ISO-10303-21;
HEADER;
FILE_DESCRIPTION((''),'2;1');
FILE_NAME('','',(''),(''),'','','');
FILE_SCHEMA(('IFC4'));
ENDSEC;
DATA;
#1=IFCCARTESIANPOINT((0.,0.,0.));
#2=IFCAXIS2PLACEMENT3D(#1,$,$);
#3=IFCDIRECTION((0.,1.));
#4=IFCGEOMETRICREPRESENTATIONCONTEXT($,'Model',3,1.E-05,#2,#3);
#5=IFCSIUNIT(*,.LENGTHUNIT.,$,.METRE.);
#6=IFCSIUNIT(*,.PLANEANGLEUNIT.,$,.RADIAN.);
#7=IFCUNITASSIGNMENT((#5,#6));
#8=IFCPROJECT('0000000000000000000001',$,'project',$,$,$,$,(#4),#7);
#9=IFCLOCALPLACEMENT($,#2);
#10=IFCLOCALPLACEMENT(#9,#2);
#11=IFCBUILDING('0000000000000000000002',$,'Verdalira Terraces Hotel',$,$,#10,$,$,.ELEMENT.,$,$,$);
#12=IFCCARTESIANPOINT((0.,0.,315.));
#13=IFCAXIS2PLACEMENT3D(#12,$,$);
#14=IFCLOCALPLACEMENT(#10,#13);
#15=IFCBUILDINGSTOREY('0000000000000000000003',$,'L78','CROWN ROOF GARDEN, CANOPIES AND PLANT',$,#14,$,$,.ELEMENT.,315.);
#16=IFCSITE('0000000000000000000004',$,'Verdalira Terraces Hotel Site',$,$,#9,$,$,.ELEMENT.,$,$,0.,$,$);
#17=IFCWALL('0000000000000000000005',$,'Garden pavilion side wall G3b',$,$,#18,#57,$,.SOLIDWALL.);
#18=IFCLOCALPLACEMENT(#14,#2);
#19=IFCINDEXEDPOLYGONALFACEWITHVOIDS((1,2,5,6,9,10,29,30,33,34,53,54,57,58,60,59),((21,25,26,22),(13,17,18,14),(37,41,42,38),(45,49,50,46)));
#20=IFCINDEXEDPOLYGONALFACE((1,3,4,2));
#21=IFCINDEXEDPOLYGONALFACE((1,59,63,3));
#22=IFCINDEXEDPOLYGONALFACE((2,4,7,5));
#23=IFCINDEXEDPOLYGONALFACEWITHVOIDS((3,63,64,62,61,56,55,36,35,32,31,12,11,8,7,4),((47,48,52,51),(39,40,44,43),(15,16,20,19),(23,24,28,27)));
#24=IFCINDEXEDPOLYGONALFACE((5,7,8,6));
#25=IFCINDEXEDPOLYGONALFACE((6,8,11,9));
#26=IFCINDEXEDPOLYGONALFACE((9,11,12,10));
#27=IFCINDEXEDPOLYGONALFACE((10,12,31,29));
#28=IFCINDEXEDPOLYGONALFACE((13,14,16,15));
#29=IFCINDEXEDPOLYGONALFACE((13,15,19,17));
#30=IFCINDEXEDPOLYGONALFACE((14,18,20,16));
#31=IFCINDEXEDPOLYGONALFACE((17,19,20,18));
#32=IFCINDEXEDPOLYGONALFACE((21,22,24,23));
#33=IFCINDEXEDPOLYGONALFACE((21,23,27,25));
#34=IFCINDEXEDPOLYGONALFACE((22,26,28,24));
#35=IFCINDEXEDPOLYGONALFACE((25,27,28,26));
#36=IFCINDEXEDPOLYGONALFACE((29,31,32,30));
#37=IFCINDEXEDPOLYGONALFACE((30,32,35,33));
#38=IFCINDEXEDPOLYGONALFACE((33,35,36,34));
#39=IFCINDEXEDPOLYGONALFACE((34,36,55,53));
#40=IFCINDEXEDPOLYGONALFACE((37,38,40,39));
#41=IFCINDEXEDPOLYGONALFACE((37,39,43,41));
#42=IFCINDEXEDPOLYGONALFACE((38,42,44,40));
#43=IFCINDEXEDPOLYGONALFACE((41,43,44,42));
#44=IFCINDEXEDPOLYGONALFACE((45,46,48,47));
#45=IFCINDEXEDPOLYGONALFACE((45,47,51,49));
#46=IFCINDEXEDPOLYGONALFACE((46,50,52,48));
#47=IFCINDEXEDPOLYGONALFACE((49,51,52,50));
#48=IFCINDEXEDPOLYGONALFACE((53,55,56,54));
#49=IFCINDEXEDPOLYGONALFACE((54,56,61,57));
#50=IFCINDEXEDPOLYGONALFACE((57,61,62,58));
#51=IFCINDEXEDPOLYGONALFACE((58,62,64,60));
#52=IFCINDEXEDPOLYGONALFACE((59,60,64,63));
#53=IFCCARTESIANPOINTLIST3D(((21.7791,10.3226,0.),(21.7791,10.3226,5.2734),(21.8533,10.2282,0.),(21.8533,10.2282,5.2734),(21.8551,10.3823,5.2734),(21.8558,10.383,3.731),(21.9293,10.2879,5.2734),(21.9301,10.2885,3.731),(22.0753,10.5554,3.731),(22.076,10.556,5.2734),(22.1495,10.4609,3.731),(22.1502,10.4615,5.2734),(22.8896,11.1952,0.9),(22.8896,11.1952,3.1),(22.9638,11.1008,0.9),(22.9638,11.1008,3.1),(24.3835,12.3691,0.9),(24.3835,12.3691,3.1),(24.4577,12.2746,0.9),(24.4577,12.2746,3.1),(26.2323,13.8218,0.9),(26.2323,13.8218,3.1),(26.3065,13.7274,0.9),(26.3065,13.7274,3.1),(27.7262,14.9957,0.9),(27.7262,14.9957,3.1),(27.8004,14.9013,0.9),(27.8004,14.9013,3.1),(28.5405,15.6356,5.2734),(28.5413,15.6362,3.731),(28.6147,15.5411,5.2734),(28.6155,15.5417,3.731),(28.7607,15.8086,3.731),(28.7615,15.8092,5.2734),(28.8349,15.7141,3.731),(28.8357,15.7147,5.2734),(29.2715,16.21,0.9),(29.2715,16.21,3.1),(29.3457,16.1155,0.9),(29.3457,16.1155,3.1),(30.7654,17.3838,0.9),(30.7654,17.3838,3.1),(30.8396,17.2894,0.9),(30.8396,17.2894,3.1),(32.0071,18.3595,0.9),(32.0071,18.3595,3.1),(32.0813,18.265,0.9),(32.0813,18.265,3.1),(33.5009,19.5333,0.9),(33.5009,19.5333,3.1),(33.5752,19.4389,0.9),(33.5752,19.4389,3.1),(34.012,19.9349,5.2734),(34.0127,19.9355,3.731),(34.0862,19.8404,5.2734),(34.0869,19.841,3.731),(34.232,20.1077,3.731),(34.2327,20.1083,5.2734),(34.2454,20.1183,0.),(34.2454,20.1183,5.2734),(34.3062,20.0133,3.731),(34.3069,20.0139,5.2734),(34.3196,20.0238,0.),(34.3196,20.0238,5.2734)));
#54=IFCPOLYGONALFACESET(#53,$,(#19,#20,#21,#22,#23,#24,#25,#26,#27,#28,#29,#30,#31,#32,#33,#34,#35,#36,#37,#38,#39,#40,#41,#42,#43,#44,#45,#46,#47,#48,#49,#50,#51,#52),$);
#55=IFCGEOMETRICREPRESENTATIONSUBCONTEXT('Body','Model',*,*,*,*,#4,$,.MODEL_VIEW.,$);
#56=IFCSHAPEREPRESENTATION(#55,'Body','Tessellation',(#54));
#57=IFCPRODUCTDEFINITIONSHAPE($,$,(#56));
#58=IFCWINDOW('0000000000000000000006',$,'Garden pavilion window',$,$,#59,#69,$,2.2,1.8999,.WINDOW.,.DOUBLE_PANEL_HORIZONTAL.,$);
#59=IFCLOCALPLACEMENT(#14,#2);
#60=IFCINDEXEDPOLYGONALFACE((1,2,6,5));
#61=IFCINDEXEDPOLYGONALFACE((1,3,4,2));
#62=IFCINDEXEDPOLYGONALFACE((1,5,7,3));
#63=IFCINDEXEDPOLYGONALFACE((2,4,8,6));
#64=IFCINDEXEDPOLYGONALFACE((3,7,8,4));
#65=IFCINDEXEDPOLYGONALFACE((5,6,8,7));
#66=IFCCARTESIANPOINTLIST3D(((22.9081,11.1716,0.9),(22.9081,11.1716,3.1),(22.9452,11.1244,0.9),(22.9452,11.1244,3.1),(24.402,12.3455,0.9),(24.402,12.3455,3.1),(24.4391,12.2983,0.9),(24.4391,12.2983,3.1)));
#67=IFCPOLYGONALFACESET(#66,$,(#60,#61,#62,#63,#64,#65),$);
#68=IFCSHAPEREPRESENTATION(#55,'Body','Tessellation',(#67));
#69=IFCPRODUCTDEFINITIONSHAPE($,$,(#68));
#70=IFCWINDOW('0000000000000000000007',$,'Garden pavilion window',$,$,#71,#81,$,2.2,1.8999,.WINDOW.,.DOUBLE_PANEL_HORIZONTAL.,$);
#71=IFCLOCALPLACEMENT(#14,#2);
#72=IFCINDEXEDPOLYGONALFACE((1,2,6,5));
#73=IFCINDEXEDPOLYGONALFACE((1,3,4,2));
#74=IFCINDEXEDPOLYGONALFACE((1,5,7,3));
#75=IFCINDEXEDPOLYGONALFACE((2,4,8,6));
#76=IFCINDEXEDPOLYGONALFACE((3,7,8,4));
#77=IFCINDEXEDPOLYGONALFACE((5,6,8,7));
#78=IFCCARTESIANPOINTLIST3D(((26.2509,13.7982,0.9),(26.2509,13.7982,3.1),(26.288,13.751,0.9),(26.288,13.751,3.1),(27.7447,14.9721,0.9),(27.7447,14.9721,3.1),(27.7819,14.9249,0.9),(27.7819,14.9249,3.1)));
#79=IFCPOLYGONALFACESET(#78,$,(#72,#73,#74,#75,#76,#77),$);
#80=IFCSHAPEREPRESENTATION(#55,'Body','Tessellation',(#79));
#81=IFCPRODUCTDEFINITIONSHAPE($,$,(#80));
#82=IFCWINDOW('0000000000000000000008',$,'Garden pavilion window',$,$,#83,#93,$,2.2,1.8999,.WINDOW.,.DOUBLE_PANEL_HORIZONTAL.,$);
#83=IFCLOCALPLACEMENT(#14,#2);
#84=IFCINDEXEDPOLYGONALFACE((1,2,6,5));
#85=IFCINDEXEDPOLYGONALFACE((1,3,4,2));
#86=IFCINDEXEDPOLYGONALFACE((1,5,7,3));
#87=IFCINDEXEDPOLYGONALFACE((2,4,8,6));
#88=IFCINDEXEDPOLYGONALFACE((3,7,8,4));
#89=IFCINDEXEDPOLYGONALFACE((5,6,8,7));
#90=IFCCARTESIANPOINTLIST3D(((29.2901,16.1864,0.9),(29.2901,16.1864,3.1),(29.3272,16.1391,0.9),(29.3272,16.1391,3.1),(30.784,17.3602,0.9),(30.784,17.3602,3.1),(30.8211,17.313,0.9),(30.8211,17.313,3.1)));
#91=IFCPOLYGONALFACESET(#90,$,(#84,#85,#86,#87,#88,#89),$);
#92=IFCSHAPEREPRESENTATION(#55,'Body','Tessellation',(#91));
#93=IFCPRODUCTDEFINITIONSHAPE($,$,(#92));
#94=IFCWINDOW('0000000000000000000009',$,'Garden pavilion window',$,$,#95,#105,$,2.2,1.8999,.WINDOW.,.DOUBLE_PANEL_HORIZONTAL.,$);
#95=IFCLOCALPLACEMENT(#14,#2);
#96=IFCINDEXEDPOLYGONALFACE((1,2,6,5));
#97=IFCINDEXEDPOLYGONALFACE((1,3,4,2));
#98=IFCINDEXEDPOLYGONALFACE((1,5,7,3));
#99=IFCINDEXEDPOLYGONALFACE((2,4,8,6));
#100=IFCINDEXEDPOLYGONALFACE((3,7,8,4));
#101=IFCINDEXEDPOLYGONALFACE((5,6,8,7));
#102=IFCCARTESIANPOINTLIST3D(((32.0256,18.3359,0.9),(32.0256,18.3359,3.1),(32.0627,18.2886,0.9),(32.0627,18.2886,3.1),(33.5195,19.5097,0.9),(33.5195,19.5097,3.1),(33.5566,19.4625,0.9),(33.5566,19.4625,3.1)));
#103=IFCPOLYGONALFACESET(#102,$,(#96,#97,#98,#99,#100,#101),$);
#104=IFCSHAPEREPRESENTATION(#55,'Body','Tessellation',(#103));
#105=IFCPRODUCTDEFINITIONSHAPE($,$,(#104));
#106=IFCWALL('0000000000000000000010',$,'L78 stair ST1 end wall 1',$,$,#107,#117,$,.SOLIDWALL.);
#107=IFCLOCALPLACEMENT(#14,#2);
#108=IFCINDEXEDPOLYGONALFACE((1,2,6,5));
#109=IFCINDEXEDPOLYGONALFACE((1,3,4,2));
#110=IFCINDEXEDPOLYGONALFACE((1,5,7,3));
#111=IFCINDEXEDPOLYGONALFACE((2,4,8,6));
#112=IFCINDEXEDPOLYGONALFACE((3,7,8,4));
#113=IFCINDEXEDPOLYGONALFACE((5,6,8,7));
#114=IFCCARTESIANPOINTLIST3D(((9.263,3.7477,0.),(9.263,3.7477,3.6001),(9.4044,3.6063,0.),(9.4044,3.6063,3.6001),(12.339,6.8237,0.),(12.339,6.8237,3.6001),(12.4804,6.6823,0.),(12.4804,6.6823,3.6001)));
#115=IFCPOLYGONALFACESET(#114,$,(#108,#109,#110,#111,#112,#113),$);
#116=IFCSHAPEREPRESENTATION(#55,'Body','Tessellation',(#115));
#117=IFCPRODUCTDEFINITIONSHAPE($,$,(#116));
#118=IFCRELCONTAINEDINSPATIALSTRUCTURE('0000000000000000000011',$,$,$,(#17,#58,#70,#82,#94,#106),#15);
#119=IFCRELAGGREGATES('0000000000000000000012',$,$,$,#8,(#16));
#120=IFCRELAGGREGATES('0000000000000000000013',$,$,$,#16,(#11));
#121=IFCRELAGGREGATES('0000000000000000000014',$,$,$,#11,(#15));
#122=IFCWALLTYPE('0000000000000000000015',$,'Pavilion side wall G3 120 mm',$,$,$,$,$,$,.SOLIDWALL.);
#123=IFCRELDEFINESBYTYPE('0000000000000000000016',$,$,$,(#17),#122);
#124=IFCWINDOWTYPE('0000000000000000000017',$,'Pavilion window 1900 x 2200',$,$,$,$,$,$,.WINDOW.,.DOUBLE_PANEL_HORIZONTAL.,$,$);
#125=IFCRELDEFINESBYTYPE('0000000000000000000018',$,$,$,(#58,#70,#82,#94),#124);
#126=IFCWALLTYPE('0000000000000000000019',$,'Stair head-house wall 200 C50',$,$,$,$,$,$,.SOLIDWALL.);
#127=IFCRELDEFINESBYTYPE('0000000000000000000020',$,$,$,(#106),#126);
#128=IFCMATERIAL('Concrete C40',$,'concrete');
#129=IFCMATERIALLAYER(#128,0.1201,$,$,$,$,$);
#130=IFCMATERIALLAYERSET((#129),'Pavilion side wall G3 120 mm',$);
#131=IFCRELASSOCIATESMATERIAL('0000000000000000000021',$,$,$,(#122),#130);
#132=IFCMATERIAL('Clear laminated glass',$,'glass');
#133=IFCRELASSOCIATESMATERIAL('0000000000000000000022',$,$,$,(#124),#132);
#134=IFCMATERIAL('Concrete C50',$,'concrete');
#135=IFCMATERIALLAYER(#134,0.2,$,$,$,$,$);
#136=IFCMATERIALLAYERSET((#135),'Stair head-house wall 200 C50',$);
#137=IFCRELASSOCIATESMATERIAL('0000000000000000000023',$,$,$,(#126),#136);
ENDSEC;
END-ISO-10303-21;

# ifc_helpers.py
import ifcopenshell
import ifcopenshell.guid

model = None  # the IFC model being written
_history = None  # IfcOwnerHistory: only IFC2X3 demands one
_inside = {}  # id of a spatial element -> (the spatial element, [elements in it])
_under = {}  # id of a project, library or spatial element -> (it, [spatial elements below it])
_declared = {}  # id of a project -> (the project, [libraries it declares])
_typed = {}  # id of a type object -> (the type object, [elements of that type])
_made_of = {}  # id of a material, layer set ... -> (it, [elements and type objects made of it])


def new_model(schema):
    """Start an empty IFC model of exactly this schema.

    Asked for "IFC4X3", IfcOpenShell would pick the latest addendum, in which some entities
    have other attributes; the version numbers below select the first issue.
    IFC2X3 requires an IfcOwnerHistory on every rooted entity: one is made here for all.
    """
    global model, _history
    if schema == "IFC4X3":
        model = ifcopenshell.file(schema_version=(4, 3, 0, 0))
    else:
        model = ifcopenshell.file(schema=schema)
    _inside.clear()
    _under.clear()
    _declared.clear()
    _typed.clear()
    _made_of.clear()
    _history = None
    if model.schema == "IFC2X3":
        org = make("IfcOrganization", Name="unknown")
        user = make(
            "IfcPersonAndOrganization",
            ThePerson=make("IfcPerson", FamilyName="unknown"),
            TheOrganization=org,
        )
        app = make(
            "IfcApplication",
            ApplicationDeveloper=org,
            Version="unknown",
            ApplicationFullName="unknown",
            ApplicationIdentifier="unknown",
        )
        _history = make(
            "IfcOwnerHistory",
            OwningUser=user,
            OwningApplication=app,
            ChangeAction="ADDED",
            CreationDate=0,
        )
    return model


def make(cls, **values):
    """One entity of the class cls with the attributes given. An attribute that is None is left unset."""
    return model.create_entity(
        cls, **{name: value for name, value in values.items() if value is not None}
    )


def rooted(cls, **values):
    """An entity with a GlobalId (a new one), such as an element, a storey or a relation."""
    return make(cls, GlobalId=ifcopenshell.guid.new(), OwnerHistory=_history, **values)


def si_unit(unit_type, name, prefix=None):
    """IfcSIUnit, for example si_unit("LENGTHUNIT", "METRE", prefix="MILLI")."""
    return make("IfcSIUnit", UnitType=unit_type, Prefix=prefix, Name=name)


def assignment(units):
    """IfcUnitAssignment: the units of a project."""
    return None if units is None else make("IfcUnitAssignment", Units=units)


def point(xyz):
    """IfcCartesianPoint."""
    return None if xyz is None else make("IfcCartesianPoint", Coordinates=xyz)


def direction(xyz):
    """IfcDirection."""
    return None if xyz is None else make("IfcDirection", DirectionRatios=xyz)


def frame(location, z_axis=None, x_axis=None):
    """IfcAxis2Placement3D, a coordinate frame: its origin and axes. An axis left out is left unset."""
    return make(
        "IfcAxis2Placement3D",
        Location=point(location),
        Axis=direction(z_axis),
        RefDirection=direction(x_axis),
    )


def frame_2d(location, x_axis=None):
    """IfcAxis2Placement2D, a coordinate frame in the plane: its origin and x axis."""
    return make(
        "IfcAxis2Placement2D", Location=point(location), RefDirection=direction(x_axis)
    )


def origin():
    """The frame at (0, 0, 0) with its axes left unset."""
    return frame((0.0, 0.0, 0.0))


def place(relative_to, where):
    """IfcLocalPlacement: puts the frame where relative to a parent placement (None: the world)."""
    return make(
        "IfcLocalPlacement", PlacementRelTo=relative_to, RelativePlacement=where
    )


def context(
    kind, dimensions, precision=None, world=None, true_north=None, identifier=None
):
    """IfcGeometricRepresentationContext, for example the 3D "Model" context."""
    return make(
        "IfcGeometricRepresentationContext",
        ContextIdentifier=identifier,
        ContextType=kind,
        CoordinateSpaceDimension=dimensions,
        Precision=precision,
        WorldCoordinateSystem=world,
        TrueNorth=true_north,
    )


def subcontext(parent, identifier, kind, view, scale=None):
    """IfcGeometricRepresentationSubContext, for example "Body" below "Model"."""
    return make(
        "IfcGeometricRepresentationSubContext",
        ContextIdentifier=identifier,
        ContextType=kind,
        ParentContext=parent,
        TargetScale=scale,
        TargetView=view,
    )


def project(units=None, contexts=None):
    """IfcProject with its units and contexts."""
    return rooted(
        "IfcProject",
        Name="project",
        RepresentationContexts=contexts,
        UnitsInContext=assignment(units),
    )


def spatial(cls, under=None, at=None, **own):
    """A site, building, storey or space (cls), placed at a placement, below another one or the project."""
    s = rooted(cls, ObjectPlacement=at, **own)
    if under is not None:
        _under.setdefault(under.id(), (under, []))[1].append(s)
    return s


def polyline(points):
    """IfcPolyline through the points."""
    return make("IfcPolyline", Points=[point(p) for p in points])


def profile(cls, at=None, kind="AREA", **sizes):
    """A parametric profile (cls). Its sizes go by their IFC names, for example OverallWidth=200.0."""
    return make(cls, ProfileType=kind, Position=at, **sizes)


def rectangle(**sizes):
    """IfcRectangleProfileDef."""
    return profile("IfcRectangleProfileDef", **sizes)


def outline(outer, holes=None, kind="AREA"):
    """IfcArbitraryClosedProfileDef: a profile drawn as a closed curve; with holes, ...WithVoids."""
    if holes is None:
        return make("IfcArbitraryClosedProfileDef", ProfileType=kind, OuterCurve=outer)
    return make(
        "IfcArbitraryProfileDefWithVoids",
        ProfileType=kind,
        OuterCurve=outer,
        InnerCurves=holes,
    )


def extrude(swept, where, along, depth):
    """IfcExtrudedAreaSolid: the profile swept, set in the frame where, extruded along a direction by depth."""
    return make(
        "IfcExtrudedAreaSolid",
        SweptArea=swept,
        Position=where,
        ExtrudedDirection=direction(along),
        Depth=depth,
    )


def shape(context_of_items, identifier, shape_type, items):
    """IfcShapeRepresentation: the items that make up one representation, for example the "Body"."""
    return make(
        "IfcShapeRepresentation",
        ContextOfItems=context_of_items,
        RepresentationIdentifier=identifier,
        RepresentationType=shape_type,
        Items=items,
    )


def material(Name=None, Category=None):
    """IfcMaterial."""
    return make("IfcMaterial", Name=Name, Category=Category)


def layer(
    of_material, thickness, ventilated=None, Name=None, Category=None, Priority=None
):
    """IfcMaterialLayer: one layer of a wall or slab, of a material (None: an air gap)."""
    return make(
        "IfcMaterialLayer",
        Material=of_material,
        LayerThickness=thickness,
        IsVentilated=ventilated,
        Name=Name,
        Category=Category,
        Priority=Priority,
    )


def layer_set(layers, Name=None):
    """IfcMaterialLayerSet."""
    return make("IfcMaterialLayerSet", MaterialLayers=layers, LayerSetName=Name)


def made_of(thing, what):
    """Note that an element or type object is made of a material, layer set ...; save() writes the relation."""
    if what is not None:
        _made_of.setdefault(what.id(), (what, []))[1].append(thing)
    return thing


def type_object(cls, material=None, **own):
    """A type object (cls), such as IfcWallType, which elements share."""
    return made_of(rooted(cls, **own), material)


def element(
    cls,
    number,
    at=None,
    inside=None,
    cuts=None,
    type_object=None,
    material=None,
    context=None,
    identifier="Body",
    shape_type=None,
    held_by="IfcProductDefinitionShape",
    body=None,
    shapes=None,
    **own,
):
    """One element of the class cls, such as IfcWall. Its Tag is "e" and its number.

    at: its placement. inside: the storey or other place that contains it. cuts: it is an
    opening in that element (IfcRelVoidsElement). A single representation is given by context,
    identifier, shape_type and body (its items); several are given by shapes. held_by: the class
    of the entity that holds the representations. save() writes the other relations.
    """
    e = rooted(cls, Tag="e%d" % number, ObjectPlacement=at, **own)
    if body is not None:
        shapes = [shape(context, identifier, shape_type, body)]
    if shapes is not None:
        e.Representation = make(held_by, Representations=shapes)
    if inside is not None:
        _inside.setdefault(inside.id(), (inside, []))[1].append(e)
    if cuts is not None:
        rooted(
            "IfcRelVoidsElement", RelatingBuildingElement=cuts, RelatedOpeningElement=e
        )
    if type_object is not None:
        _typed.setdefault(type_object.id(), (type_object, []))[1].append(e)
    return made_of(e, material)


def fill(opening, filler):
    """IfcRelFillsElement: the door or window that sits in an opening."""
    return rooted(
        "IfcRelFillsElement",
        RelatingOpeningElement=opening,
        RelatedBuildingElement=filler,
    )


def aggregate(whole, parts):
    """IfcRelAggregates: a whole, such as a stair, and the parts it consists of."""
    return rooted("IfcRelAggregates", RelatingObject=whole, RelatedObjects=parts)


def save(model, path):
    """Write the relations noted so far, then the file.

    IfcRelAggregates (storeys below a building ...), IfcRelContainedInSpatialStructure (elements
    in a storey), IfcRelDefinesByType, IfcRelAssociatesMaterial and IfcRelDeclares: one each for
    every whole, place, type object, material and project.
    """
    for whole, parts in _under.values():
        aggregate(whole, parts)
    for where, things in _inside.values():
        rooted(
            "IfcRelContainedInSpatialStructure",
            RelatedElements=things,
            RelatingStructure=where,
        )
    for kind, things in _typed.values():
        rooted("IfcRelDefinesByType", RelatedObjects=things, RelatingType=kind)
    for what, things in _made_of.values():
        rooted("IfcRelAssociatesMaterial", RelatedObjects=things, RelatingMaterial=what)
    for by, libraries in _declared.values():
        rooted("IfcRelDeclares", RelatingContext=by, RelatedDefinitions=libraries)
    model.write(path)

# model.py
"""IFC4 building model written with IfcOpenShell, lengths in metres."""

from ifc_helpers import new_model, si_unit, direction, frame, frame_2d, origin, place, context, subcontext, project, spatial, polyline, rectangle, outline, extrude, material, layer, layer_set, type_object, element, fill, save


model = new_model("IFC4")

# Units and contexts
model_context = context("Model", 3, precision=1e-05, world=origin(), true_north=direction((0.0, 1.0)))
body_context = subcontext(model_context, "Body", "Model", "MODEL_VIEW")
ifc_project = project(units=[si_unit("LENGTHUNIT", "METRE"), si_unit("PLANEANGLEUNIT", "RADIAN")], contexts=[model_context])

# Site, building, storey
site_placement = place(None, origin())
site = spatial("IfcSite", under=ifc_project, at=site_placement, Name="Verdalira Terraces Hotel Site", CompositionType="ELEMENT", RefElevation=0.0)
building_placement = place(site_placement, origin())
building = spatial("IfcBuilding", under=site, at=building_placement, Name="Verdalira Terraces Hotel", CompositionType="ELEMENT")
storey_placement = place(building_placement, frame((0.0, 0.0, 315.0)))
storey = spatial("IfcBuildingStorey", under=building, at=storey_placement, Name="L78", Description="CROWN ROOF GARDEN, CANOPIES AND PLANT", CompositionType="ELEMENT", Elevation=315.0)

# Wall, openings, windows
ifc_material_1 = material(Name="Concrete C40", Category="concrete")
ifc_layer_1 = layer(ifc_material_1, 0.1201)
ifc_layer_set_1 = layer_set([ifc_layer_1], Name="Pavilion side wall G3 120 mm")
wall_type_1 = type_object("IfcWallType", Name="Pavilion side wall G3 120 mm", PredefinedType="SOLIDWALL", material=ifc_layer_set_1)
wall_1_placement = place(storey_placement, frame((21.8162, 10.2754, 0.0), z_axis=(0.0, 0.0, 1.0), x_axis=(0.786297, 0.617849, 0.0)))
wall_1 = element("IfcWall", 1, at=wall_1_placement, inside=storey, type_object=wall_type_1, Name="Garden pavilion side wall G3b", PredefinedType="SOLIDWALL", context=body_context, shape_type="SweptSolid", body=[
    extrude(outline(polyline([(0.0, 0.0), (15.8545, 0.0), (15.8545, 5.2734), (15.8384, 5.2734), (15.8374, 3.731), (15.5586, 3.731), (15.5576, 5.2734), (8.8801, 5.2734), (8.8791, 3.731), (8.6001, 3.731), (8.5991, 5.2734), (0.3777, 5.2734), (0.3767, 3.731), (0.0977, 3.731), (0.0967, 5.2734), (0.0, 5.2734), (0.0, 0.0)])), frame((0.0, 0.0601, 0.0), z_axis=(0.0, -1.0, 0.0), x_axis=(1.0, 0.0, 0.0)), (0.0, 0.0, 1.0), 0.1201),
])
opening_1_placement = place(wall_1_placement, frame((1.4124, 0.0, 0.8999)))
opening_1 = element("IfcOpeningElement", 2, at=opening_1_placement, cuts=wall_1, PredefinedType="OPENING", context=body_context, shape_type="SweptSolid", body=[
    extrude(rectangle(XDim=1.8999, YDim=2.2, at=frame_2d((0.95, 1.1001))), frame((0.0, 0.0701, 0.0), z_axis=(0.0, -1.0, 0.0), x_axis=(1.0, 0.0, 0.0)), (0.0, 0.0, 1.0), 0.1401),
])
opening_2_placement = place(wall_1_placement, frame((5.6636, 0.0, 0.8999)))
opening_2 = element("IfcOpeningElement", 3, at=opening_2_placement, cuts=wall_1, PredefinedType="OPENING", context=body_context, shape_type="SweptSolid", body=[
    extrude(rectangle(XDim=1.8999, YDim=2.2, at=frame_2d((0.95, 1.1001))), frame((0.0, 0.0701, 0.0), z_axis=(0.0, -1.0, 0.0), x_axis=(1.0, 0.0, 0.0)), (0.0, 0.0, 1.0), 0.1401),
])
opening_3_placement = place(wall_1_placement, frame((9.5288, 0.0, 0.8999)))
opening_3 = element("IfcOpeningElement", 4, at=opening_3_placement, cuts=wall_1, PredefinedType="OPENING", context=body_context, shape_type="SweptSolid", body=[
    extrude(rectangle(XDim=1.8999, YDim=2.2, at=frame_2d((0.95, 1.1001))), frame((0.0, 0.0701, 0.0), z_axis=(0.0, -1.0, 0.0), x_axis=(1.0, 0.0, 0.0)), (0.0, 0.0, 1.0), 0.1401),
])
opening_4_placement = place(wall_1_placement, frame((13.0078, 0.0, 0.8999)))
opening_4 = element("IfcOpeningElement", 5, at=opening_4_placement, cuts=wall_1, PredefinedType="OPENING", context=body_context, shape_type="SweptSolid", body=[
    extrude(rectangle(XDim=1.8999, YDim=2.2, at=frame_2d((0.95, 1.1001))), frame((0.0, 0.0701, 0.0), z_axis=(0.0, -1.0, 0.0), x_axis=(1.0, 0.0, 0.0)), (0.0, 0.0, 1.0), 0.1401),
])
ifc_material_2 = material(Name="Clear laminated glass", Category="glass")
window_type_1 = type_object("IfcWindowType", Name="Pavilion window 1900 x 2200", PartitioningType="DOUBLE_PANEL_HORIZONTAL", PredefinedType="WINDOW", material=ifc_material_2)
window_1_placement = place(opening_1_placement, origin())
window_1 = element("IfcWindow", 6, at=window_1_placement, inside=storey, type_object=window_type_1, Name="Garden pavilion window", OverallHeight=2.2, OverallWidth=1.8999, PartitioningType="DOUBLE_PANEL_HORIZONTAL", PredefinedType="WINDOW", context=body_context, shape_type="SweptSolid", body=[
    extrude(rectangle(XDim=1.8999, YDim=2.2, at=frame_2d((0.95, 1.1001))), frame((0.0, 0.03, 0.0), z_axis=(0.0, -1.0, 0.0), x_axis=(1.0, 0.0, 0.0)), (0.0, 0.0, 1.0), 0.0601),
])
fill(opening_1, window_1)
window_2_placement = place(opening_2_placement, origin())
window_2 = element("IfcWindow", 7, at=window_2_placement, inside=storey, type_object=window_type_1, Name="Garden pavilion window", OverallHeight=2.2, OverallWidth=1.8999, PartitioningType="DOUBLE_PANEL_HORIZONTAL", PredefinedType="WINDOW", context=body_context, shape_type="SweptSolid", body=[
    extrude(rectangle(XDim=1.8999, YDim=2.2, at=frame_2d((0.95, 1.1001))), frame((0.0, 0.03, 0.0), z_axis=(0.0, -1.0, 0.0), x_axis=(1.0, 0.0, 0.0)), (0.0, 0.0, 1.0), 0.0601),
])
fill(opening_2, window_2)
window_3_placement = place(opening_3_placement, origin())
window_3 = element("IfcWindow", 8, at=window_3_placement, inside=storey, type_object=window_type_1, Name="Garden pavilion window", OverallHeight=2.2, OverallWidth=1.8999, PartitioningType="DOUBLE_PANEL_HORIZONTAL", PredefinedType="WINDOW", context=body_context, shape_type="SweptSolid", body=[
    extrude(rectangle(XDim=1.8999, YDim=2.2, at=frame_2d((0.95, 1.1001))), frame((0.0, 0.03, 0.0), z_axis=(0.0, -1.0, 0.0), x_axis=(1.0, 0.0, 0.0)), (0.0, 0.0, 1.0), 0.0601),
])
fill(opening_3, window_3)
window_4_placement = place(opening_4_placement, origin())
window_4 = element("IfcWindow", 9, at=window_4_placement, inside=storey, type_object=window_type_1, Name="Garden pavilion window", OverallHeight=2.2, OverallWidth=1.8999, PartitioningType="DOUBLE_PANEL_HORIZONTAL", PredefinedType="WINDOW", context=body_context, shape_type="SweptSolid", body=[
    extrude(rectangle(XDim=1.8999, YDim=2.2, at=frame_2d((0.95, 1.1001))), frame((0.0, 0.03, 0.0), z_axis=(0.0, -1.0, 0.0), x_axis=(1.0, 0.0, 0.0)), (0.0, 0.0, 1.0), 0.0601),
])
fill(opening_4, window_4)

# Wall
ifc_material_3 = material(Name="Concrete C50", Category="concrete")
ifc_layer_2 = layer(ifc_material_3, 0.2)
ifc_layer_set_2 = layer_set([ifc_layer_2], Name="Stair head-house wall 200 C50")
wall_type_2 = type_object("IfcWallType", Name="Stair head-house wall 200 C50", PredefinedType="SOLIDWALL", material=ifc_layer_set_2)
wall_2_placement = place(storey_placement, frame((9.3337, 3.677, 0.0), z_axis=(0.0, 0.0, 1.0), x_axis=(0.707107, 0.707107, 0.0)))
element("IfcWall", 10, at=wall_2_placement, inside=storey, type_object=wall_type_2, Name="L78 stair ST1 end wall 1", PredefinedType="SOLIDWALL", context=body_context, shape_type="SweptSolid", body=[
    extrude(rectangle(XDim=4.3501, YDim=0.2, at=frame_2d((2.175, 0.0))), origin(), (0.0, 0.0, 1.0), 3.6001),
])

save(model, "model.ifc")
